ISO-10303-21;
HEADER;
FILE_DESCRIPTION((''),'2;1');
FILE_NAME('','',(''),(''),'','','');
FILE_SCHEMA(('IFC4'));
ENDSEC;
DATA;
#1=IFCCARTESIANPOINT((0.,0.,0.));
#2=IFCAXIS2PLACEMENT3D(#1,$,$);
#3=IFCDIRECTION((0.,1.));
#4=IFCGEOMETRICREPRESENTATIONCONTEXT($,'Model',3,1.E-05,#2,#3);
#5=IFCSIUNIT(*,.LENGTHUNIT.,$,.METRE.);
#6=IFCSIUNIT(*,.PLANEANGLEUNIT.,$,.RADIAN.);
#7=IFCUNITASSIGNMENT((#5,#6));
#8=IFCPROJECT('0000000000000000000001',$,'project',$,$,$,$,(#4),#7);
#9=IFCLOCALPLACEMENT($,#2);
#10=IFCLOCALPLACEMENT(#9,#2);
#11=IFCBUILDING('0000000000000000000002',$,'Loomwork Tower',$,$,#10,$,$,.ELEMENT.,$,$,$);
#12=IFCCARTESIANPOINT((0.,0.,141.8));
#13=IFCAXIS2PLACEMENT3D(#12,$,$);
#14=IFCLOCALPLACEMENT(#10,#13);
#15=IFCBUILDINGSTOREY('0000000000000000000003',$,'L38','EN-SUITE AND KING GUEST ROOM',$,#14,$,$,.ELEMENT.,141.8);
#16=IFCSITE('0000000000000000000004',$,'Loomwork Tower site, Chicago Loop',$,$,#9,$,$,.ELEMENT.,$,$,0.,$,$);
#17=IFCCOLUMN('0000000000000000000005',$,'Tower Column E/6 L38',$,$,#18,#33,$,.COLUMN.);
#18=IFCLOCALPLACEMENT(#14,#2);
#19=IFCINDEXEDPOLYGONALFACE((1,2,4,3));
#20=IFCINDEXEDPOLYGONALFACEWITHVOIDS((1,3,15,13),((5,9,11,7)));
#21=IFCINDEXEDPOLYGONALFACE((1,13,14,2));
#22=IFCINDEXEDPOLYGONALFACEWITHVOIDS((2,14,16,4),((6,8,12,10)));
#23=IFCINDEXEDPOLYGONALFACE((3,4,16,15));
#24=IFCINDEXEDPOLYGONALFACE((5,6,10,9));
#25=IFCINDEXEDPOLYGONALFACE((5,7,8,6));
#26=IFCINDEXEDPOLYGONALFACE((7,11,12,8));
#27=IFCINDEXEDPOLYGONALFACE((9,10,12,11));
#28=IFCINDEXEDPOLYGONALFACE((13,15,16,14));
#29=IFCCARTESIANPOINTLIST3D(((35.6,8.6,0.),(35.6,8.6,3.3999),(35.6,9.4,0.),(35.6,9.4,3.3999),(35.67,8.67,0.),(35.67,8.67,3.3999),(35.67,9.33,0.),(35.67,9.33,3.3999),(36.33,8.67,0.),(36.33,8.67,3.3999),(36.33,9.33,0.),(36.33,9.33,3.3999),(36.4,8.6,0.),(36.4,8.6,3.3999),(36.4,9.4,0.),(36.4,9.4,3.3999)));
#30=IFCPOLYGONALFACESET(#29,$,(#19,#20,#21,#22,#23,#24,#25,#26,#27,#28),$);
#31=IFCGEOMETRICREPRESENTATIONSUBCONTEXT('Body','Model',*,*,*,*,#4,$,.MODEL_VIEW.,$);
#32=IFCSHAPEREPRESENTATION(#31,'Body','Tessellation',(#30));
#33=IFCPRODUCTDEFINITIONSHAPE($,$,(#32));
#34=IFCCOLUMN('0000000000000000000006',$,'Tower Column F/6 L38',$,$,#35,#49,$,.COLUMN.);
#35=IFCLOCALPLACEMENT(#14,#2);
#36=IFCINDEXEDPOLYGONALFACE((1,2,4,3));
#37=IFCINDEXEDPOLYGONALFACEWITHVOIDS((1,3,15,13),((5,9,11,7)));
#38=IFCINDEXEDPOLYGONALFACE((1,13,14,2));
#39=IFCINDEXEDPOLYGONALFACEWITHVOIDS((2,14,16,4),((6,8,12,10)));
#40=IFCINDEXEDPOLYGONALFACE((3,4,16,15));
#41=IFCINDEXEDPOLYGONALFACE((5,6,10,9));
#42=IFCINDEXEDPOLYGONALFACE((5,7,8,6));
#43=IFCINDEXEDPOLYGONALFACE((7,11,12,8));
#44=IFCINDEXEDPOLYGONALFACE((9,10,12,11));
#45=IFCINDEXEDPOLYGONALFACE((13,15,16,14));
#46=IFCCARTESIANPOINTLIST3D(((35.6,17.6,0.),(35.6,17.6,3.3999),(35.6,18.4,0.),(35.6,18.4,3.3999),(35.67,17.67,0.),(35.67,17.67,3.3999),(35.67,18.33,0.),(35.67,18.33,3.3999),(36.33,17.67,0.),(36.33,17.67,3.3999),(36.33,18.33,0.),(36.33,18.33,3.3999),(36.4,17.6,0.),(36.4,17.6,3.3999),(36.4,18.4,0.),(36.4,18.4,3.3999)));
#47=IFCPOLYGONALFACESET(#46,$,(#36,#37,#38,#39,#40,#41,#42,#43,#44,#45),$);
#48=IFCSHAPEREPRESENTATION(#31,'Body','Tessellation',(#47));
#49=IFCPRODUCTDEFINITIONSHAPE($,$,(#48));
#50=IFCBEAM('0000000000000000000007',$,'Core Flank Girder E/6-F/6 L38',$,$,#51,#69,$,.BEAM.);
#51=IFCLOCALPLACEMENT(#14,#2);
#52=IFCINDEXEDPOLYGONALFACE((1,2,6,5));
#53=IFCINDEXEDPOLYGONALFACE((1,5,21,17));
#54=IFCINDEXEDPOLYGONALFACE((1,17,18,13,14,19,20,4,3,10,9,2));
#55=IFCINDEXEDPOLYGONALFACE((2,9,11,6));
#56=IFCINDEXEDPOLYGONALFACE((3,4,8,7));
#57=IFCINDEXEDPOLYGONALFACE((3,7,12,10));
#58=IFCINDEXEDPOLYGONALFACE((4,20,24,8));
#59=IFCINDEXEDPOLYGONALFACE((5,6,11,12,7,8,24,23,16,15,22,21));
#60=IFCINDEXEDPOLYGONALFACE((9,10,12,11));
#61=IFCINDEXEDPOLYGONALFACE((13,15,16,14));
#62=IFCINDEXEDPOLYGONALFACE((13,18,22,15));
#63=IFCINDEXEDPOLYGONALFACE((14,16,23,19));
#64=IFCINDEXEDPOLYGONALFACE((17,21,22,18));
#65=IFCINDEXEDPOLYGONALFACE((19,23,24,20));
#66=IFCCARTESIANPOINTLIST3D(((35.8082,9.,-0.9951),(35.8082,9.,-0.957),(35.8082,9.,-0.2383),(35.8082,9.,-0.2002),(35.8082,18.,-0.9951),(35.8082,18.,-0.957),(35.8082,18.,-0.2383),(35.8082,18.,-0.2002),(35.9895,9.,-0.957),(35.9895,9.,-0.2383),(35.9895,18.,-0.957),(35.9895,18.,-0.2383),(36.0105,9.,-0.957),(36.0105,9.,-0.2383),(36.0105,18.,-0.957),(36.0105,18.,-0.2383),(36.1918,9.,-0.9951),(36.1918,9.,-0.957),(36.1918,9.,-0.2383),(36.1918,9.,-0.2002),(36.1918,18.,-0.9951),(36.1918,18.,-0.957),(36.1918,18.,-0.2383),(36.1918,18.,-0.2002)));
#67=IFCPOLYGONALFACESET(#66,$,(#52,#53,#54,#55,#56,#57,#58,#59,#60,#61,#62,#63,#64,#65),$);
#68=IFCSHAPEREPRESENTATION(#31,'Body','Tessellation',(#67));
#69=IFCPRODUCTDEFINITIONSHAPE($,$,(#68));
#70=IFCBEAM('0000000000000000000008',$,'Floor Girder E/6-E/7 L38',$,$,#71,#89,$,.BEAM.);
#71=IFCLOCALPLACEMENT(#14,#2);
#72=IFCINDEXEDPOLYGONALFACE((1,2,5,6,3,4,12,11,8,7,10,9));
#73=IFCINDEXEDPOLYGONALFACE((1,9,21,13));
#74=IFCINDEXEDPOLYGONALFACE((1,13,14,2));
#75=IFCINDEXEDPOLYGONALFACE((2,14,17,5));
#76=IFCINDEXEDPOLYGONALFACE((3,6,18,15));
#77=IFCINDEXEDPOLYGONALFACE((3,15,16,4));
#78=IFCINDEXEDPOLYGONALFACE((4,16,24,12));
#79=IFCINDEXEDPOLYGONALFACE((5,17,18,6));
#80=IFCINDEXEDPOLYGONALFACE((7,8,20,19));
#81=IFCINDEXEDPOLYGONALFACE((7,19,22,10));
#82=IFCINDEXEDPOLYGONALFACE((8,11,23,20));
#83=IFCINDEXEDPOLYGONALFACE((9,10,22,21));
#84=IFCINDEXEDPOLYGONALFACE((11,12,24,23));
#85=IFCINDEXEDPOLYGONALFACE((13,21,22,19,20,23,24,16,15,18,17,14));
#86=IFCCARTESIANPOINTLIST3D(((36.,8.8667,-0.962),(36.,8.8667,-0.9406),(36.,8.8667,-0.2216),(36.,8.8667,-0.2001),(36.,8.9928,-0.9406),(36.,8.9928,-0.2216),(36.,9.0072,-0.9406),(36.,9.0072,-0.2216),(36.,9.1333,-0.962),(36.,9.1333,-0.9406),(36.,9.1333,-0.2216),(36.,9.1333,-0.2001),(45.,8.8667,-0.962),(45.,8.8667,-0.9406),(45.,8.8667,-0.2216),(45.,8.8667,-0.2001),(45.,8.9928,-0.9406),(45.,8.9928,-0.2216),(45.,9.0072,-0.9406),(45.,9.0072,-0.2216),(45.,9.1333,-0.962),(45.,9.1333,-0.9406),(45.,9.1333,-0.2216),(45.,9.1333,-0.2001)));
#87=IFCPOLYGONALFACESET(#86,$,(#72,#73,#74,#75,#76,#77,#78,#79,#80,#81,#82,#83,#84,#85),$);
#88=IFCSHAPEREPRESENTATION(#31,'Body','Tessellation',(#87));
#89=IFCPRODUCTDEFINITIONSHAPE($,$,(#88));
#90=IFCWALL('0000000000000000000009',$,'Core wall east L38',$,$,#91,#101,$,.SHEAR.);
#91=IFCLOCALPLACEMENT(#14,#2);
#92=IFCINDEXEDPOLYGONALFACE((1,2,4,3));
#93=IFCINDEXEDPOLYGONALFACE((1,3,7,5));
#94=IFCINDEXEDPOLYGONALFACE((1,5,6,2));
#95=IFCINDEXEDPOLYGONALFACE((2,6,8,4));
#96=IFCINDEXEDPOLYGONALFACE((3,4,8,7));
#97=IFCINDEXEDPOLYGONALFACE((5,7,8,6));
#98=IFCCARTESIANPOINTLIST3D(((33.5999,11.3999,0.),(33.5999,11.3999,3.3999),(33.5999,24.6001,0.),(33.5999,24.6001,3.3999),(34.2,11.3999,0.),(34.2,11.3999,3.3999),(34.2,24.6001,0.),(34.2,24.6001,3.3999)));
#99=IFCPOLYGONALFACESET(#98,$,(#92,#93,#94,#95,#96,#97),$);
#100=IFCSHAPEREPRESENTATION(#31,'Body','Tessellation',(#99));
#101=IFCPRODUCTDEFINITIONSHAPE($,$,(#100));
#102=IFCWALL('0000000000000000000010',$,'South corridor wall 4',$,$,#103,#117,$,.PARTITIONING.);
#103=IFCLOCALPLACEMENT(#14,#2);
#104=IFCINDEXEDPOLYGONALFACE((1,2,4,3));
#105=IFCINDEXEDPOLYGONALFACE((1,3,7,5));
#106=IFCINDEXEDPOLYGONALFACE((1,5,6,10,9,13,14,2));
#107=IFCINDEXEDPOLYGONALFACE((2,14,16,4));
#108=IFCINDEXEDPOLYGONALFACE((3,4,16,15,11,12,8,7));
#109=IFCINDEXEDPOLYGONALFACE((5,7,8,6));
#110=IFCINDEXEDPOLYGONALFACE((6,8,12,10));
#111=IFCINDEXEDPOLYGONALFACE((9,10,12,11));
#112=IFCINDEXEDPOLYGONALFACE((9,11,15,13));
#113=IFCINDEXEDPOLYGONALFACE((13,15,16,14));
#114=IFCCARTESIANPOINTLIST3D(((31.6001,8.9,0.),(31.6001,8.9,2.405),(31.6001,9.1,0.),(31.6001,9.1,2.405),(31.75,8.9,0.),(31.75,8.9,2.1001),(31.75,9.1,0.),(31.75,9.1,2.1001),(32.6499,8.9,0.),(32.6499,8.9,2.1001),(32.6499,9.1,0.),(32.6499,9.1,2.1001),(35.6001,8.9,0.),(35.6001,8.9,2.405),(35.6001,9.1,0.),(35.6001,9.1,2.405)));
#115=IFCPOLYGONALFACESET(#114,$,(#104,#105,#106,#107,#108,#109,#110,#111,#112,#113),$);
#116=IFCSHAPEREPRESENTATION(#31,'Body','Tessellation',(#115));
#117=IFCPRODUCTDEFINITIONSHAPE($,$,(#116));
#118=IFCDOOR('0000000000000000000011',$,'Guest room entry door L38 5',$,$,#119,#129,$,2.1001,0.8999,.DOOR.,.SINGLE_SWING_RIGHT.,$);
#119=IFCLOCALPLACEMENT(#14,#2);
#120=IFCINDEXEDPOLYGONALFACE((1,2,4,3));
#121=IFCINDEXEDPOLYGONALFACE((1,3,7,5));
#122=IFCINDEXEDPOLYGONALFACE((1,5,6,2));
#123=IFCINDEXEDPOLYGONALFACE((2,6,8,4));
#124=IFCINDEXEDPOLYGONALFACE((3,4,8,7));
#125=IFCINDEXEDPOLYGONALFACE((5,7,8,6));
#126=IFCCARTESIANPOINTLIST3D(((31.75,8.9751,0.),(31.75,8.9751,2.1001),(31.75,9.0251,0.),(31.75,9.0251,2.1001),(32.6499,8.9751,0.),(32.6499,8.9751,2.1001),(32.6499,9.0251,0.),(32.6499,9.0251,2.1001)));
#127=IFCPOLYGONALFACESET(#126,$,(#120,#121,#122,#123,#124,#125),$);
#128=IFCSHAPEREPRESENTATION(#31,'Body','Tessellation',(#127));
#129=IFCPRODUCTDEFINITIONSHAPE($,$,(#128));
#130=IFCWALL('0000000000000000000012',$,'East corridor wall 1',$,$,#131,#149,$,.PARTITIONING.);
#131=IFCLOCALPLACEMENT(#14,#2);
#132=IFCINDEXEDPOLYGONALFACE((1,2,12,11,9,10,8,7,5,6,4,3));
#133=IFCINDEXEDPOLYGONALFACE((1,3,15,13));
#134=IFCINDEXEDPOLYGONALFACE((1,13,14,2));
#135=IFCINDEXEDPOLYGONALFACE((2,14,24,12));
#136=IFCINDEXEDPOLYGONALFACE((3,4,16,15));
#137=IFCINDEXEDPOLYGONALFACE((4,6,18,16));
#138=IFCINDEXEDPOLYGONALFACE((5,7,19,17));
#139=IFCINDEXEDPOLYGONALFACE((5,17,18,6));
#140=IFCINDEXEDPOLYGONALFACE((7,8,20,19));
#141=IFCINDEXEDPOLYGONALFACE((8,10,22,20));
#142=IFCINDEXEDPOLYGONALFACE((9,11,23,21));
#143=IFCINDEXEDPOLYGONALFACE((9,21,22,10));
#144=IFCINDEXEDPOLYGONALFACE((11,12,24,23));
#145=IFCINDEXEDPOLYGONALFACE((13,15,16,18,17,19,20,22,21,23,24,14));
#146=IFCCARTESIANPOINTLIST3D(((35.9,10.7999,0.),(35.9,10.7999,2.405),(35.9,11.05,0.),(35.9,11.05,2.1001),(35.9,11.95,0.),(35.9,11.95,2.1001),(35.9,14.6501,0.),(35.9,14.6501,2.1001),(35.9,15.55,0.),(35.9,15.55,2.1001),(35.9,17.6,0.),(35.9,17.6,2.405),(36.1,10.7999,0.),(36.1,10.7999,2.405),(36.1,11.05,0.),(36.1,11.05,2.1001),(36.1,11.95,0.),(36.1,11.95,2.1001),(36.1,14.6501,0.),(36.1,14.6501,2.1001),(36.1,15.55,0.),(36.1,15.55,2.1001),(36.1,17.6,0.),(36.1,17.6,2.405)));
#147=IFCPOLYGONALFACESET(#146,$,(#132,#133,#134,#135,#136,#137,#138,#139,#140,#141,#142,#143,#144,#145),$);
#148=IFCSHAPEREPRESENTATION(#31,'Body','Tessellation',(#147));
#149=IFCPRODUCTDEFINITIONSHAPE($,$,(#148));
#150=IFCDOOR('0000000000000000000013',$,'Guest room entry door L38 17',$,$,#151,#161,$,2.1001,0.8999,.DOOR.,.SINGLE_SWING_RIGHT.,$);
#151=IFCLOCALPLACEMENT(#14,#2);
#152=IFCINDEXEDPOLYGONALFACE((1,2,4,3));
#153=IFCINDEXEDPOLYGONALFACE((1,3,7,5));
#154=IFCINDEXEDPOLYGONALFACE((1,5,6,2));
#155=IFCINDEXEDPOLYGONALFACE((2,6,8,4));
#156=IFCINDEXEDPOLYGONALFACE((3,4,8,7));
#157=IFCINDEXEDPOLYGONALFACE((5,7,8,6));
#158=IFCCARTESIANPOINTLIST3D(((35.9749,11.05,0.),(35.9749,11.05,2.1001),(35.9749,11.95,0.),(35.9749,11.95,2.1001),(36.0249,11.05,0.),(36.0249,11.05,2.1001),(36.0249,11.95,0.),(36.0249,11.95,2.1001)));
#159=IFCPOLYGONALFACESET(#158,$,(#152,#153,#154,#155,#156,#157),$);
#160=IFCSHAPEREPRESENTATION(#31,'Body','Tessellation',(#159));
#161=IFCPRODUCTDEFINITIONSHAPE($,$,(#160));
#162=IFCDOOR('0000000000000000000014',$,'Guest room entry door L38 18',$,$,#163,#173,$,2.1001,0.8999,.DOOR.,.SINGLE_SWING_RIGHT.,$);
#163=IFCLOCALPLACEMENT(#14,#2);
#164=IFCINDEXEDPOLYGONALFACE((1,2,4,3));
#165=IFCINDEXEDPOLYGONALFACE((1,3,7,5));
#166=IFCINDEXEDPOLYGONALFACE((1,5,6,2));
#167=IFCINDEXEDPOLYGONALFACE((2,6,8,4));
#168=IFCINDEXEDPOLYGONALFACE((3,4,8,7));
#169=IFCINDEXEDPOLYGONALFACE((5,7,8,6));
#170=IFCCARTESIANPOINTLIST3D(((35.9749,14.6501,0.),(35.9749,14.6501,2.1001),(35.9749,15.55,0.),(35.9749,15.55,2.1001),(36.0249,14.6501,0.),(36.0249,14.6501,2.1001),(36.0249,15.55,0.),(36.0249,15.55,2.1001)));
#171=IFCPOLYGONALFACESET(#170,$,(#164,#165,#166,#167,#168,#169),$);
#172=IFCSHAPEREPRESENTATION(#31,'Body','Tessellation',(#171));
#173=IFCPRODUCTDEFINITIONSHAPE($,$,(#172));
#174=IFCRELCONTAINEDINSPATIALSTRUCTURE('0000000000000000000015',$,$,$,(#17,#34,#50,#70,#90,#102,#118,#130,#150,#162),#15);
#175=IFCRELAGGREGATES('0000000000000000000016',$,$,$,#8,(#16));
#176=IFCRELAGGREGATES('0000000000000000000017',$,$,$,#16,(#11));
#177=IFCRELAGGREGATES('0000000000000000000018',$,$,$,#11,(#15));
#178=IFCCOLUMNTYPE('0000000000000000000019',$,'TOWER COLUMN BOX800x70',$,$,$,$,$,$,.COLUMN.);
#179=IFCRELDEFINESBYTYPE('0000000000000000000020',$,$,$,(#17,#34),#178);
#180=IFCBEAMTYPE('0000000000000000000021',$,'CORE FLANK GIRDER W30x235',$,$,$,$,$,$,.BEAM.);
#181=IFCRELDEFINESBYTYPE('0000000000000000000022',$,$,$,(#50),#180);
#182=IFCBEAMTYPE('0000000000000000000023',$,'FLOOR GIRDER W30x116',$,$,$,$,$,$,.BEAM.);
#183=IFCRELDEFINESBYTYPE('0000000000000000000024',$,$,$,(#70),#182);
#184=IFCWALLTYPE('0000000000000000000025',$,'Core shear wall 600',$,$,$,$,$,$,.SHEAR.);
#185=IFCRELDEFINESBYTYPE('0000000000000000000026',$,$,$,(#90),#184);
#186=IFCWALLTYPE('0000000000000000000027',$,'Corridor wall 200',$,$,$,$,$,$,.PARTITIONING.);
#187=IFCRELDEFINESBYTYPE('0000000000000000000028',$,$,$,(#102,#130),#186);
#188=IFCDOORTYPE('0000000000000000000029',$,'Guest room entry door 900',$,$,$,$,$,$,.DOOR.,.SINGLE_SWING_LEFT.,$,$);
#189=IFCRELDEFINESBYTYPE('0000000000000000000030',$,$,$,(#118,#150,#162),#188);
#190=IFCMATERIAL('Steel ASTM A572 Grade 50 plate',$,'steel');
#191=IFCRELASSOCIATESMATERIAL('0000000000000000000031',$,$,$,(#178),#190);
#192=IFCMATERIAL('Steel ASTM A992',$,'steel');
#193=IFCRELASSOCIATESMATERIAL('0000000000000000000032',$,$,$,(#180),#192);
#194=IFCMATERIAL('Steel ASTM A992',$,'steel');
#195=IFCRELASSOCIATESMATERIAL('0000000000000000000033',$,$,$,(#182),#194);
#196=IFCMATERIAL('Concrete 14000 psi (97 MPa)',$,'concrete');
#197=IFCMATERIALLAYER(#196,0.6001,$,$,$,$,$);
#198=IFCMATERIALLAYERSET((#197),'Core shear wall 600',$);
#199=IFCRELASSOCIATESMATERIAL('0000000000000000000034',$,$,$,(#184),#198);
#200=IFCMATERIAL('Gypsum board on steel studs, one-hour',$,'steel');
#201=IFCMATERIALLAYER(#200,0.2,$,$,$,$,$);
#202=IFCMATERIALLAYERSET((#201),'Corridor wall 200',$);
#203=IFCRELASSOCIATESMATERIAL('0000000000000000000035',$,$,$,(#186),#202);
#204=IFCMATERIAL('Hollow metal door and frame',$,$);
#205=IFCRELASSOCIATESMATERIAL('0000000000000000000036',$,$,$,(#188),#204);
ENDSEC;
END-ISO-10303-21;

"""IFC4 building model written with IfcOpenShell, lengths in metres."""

from ifc_helpers import new_model, si_unit, direction, frame, frame_2d, origin, origin_2d, place, context, subcontext, project, spatial, rectangle, hollow_rectangle, i_section, extrude, material, layer, layer_set, material_profile, profile_set, type_object, element, fill, save


model = new_model("IFC4")

# Units and contexts
model_context = context("Model", 3, precision=1e-05, world=origin(), true_north=direction((0.0, 1.0)))
body_context = subcontext(model_context, "Body", "Model", "MODEL_VIEW")
ifc_project = project(units=[si_unit("LENGTHUNIT", "METRE"), si_unit("PLANEANGLEUNIT", "RADIAN")], contexts=[model_context])

# Site, building, storey
site_placement = place(None, origin())
site = spatial("IfcSite", under=ifc_project, at=site_placement, Name="Loomwork Tower site, Chicago Loop", CompositionType="ELEMENT", RefElevation=0.0)
building_placement = place(site_placement, origin())
building = spatial("IfcBuilding", under=site, at=building_placement, Name="Loomwork Tower", CompositionType="ELEMENT")
storey_placement = place(building_placement, frame((0.0, 0.0, 141.8)))
storey = spatial("IfcBuildingStorey", under=building, at=storey_placement, Name="L38", Description="EN-SUITE AND KING GUEST ROOM", CompositionType="ELEMENT", Elevation=141.8)

# Columns
ifc_material_1 = material(Name="Steel ASTM A572 Grade 50 plate", Category="steel")
ifc_material_profile_1 = material_profile(ifc_material_1, hollow_rectangle(XDim=0.8, YDim=0.8, WallThickness=0.0701, at=origin_2d()), Name="BOX800x70")
ifc_profile_set_1 = profile_set([ifc_material_profile_1], Name="Steel ASTM A572 Grade 50 plate")
column_type = type_object("IfcColumnType", Name="TOWER COLUMN BOX800x70", PredefinedType="COLUMN", material=ifc_profile_set_1)
for number, where, z_axis, x_axis, name in (
    (1, (36.0, 9.0, 0.0), (0.0, 0.0, 1.0), (0.0, 1.0, 0.0), "Tower Column E/6 L38"),
    (2, (36.0, 18.0, 0.0), (0.0, 0.0, 1.0), (0.0, 1.0, 0.0), "Tower Column F/6 L38"),
):
    element("IfcColumn", number, at=place(storey_placement, frame(where, z_axis=z_axis, x_axis=x_axis)), inside=storey, type_object=column_type, Name=name, PredefinedType="COLUMN", context=body_context, shape_type="SweptSolid", body=[
        extrude(hollow_rectangle(XDim=0.8, YDim=0.8, WallThickness=0.0701, at=origin_2d()), origin(), (0.0, 0.0, 1.0), 3.3999),
    ])

# Beams
ifc_material_2 = material(Name="Steel ASTM A992", Category="steel")
ifc_material_profile_2 = material_profile(ifc_material_2, i_section(OverallWidth=0.3835, OverallDepth=0.7949, WebThickness=0.021, FlangeThickness=0.0381, at=origin_2d()), Name="W30x235")
ifc_profile_set_2 = profile_set([ifc_material_profile_2], Name="Steel ASTM A992")
beam_type_1 = type_object("IfcBeamType", Name="CORE FLANK GIRDER W30x235", PredefinedType="BEAM", material=ifc_profile_set_2)
beam_1_placement = place(storey_placement, frame((36.0, 9.0, -0.5977), z_axis=(0.0, 1.0, 0.0), x_axis=(-1.0, 0.0, 0.0)))
element("IfcBeam", 3, at=beam_1_placement, inside=storey, type_object=beam_type_1, Name="Core Flank Girder E/6-F/6 L38", PredefinedType="BEAM", context=body_context, shape_type="SweptSolid", body=[
    extrude(i_section(OverallWidth=0.3835, OverallDepth=0.7949, WebThickness=0.021, FlangeThickness=0.0381, at=origin_2d()), origin(), (0.0, 0.0, 1.0), 9.0),
])
ifc_material_3 = material(Name="Steel ASTM A992", Category="steel")
ifc_material_profile_3 = material_profile(ifc_material_3, i_section(OverallWidth=0.2666, OverallDepth=0.762, WebThickness=0.0144, FlangeThickness=0.0215, at=origin_2d()), Name="W30x116")
ifc_profile_set_3 = profile_set([ifc_material_profile_3], Name="Steel ASTM A992")
beam_type_2 = type_object("IfcBeamType", Name="FLOOR GIRDER W30x116", PredefinedType="BEAM", material=ifc_profile_set_3)
beam_2_placement = place(storey_placement, frame((36.0, 9.0, -0.5811), z_axis=(1.0, 0.0, 0.0), x_axis=(0.0, 1.0, 0.0)))
element("IfcBeam", 4, at=beam_2_placement, inside=storey, type_object=beam_type_2, Name="Floor Girder E/6-E/7 L38", PredefinedType="BEAM", context=body_context, shape_type="SweptSolid", body=[
    extrude(i_section(OverallWidth=0.2666, OverallDepth=0.762, WebThickness=0.0144, FlangeThickness=0.0215, at=origin_2d()), origin(), (0.0, 0.0, 1.0), 9.0),
])

# Wall
ifc_material_4 = material(Name="Concrete 14000 psi (97 MPa)", Category="concrete")
ifc_layer_1 = layer(ifc_material_4, 0.6001)
ifc_layer_set_1 = layer_set([ifc_layer_1], Name="Core shear wall 600")
wall_type_1 = type_object("IfcWallType", Name="Core shear wall 600", PredefinedType="SHEAR", material=ifc_layer_set_1)
wall_1_placement = place(storey_placement, frame((33.8999, 11.3999, 0.0), z_axis=(0.0, 0.0, 1.0), x_axis=(0.0, 1.0, 0.0)))
element("IfcWall", 5, at=wall_1_placement, inside=storey, type_object=wall_type_1, Name="Core wall east L38", PredefinedType="SHEAR", context=body_context, shape_type="SweptSolid", body=[
    extrude(rectangle(XDim=13.2002, YDim=0.6001, at=frame_2d((6.6001, 0.0))), origin(), (0.0, 0.0, 1.0), 3.3999),
])

# Wall, opening, door
ifc_material_5 = material(Name="Gypsum board on steel studs, one-hour", Category="steel")
ifc_layer_2 = layer(ifc_material_5, 0.2)
ifc_layer_set_2 = layer_set([ifc_layer_2], Name="Corridor wall 200")
wall_type_2 = type_object("IfcWallType", Name="Corridor wall 200", PredefinedType="PARTITIONING", material=ifc_layer_set_2)
wall_2_placement = place(storey_placement, frame((31.6001, 9.0, 0.0), z_axis=(0.0, 0.0, 1.0), x_axis=(1.0, 0.0, 0.0)))
wall_2 = element("IfcWall", 6, at=wall_2_placement, inside=storey, type_object=wall_type_2, Name="South corridor wall 4", PredefinedType="PARTITIONING", context=body_context, shape_type="SweptSolid", body=[
    extrude(rectangle(XDim=4.0, YDim=0.2, at=frame_2d((2.0, 0.0))), origin(), (0.0, 0.0, 1.0), 2.405),
])
opening_1_placement = place(wall_2_placement, frame((0.1499, 0.0, 0.0)))
opening_1 = element("IfcOpeningElement", 7, at=opening_1_placement, cuts=wall_2, PredefinedType="OPENING", context=body_context, shape_type="SweptSolid", body=[
    extrude(rectangle(XDim=0.8999, YDim=2.1001, at=frame_2d((0.45, 1.05))), frame((0.0, 0.1099, 0.0), z_axis=(0.0, -1.0, 0.0), x_axis=(1.0, 0.0, 0.0)), (0.0, 0.0, 1.0), 0.22),
])
ifc_material_6 = material(Name="Hollow metal door and frame")
door_type_1 = type_object("IfcDoorType", Name="Guest room entry door 900", OperationType="SINGLE_SWING_LEFT", PredefinedType="DOOR", material=ifc_material_6)
door_1_placement = place(opening_1_placement, frame((0.8999, 0.0, 0.0), z_axis=(0.0, 0.0, 1.0), x_axis=(-1.0, 0.0, 0.0)))
door_1 = element("IfcDoor", 8, at=door_1_placement, inside=storey, type_object=door_type_1, Name="Guest room entry door L38 5", OperationType="SINGLE_SWING_RIGHT", OverallHeight=2.1001, OverallWidth=0.8999, PredefinedType="DOOR", context=body_context, shape_type="SweptSolid", body=[
    extrude(rectangle(XDim=0.8999, YDim=2.1001, at=frame_2d((0.45, 1.05))), frame((0.0, 0.0249, 0.0), z_axis=(0.0, -1.0, 0.0), x_axis=(1.0, 0.0, 0.0)), (0.0, 0.0, 1.0), 0.05),
])
fill(opening_1, door_1)

# Wall, openings, doors
wall_3_placement = place(storey_placement, frame((36.0, 10.8, 0.0), z_axis=(0.0, 0.0, 1.0), x_axis=(0.0, 1.0, 0.0)))
wall_3 = element("IfcWall", 9, at=wall_3_placement, inside=storey, type_object=wall_type_2, Name="East corridor wall 1", PredefinedType="PARTITIONING", context=body_context, shape_type="SweptSolid", body=[
    extrude(rectangle(XDim=6.8, YDim=0.2, at=frame_2d((3.3999, 0.0))), origin(), (0.0, 0.0, 1.0), 2.405),
])
opening_2_placement = place(wall_3_placement, frame((0.25, 0.0, 0.0)))
opening_2 = element("IfcOpeningElement", 10, at=opening_2_placement, cuts=wall_3, PredefinedType="OPENING", context=body_context, shape_type="SweptSolid", body=[
    extrude(rectangle(XDim=0.8999, YDim=2.1001, at=frame_2d((0.45, 1.05))), frame((0.0, 0.1099, 0.0), z_axis=(0.0, -1.0, 0.0), x_axis=(1.0, 0.0, 0.0)), (0.0, 0.0, 1.0), 0.22),
])
opening_3_placement = place(wall_3_placement, frame((3.8501, 0.0, 0.0)))
opening_3 = element("IfcOpeningElement", 11, at=opening_3_placement, cuts=wall_3, PredefinedType="OPENING", context=body_context, shape_type="SweptSolid", body=[
    extrude(rectangle(XDim=0.8999, YDim=2.1001, at=frame_2d((0.45, 1.05))), frame((0.0, 0.1099, 0.0), z_axis=(0.0, -1.0, 0.0), x_axis=(1.0, 0.0, 0.0)), (0.0, 0.0, 1.0), 0.22),
])
door_2_placement = place(opening_2_placement, frame((0.8999, 0.0, 0.0), z_axis=(0.0, 0.0, 1.0), x_axis=(-1.0, 0.0, 0.0)))
door_2 = element("IfcDoor", 12, at=door_2_placement, inside=storey, type_object=door_type_1, Name="Guest room entry door L38 17", OperationType="SINGLE_SWING_RIGHT", OverallHeight=2.1001, OverallWidth=0.8999, PredefinedType="DOOR", context=body_context, shape_type="SweptSolid", body=[
    extrude(rectangle(XDim=0.8999, YDim=2.1001, at=frame_2d((0.45, 1.05))), frame((0.0, 0.0249, 0.0), z_axis=(0.0, -1.0, 0.0), x_axis=(1.0, 0.0, 0.0)), (0.0, 0.0, 1.0), 0.05),
])
fill(opening_2, door_2)
door_3_placement = place(opening_3_placement, frame((0.8999, 0.0, 0.0), z_axis=(0.0, 0.0, 1.0), x_axis=(-1.0, 0.0, 0.0)))
door_3 = element("IfcDoor", 13, at=door_3_placement, inside=storey, type_object=door_type_1, Name="Guest room entry door L38 18", OperationType="SINGLE_SWING_RIGHT", OverallHeight=2.1001, OverallWidth=0.8999, PredefinedType="DOOR", context=body_context, shape_type="SweptSolid", body=[
    extrude(rectangle(XDim=0.8999, YDim=2.1001, at=frame_2d((0.45, 1.05))), frame((0.0, 0.0249, 0.0), z_axis=(0.0, -1.0, 0.0), x_axis=(1.0, 0.0, 0.0)), (0.0, 0.0, 1.0), 0.05),
])
fill(opening_3, door_3)

save(model, "model.ifc")
